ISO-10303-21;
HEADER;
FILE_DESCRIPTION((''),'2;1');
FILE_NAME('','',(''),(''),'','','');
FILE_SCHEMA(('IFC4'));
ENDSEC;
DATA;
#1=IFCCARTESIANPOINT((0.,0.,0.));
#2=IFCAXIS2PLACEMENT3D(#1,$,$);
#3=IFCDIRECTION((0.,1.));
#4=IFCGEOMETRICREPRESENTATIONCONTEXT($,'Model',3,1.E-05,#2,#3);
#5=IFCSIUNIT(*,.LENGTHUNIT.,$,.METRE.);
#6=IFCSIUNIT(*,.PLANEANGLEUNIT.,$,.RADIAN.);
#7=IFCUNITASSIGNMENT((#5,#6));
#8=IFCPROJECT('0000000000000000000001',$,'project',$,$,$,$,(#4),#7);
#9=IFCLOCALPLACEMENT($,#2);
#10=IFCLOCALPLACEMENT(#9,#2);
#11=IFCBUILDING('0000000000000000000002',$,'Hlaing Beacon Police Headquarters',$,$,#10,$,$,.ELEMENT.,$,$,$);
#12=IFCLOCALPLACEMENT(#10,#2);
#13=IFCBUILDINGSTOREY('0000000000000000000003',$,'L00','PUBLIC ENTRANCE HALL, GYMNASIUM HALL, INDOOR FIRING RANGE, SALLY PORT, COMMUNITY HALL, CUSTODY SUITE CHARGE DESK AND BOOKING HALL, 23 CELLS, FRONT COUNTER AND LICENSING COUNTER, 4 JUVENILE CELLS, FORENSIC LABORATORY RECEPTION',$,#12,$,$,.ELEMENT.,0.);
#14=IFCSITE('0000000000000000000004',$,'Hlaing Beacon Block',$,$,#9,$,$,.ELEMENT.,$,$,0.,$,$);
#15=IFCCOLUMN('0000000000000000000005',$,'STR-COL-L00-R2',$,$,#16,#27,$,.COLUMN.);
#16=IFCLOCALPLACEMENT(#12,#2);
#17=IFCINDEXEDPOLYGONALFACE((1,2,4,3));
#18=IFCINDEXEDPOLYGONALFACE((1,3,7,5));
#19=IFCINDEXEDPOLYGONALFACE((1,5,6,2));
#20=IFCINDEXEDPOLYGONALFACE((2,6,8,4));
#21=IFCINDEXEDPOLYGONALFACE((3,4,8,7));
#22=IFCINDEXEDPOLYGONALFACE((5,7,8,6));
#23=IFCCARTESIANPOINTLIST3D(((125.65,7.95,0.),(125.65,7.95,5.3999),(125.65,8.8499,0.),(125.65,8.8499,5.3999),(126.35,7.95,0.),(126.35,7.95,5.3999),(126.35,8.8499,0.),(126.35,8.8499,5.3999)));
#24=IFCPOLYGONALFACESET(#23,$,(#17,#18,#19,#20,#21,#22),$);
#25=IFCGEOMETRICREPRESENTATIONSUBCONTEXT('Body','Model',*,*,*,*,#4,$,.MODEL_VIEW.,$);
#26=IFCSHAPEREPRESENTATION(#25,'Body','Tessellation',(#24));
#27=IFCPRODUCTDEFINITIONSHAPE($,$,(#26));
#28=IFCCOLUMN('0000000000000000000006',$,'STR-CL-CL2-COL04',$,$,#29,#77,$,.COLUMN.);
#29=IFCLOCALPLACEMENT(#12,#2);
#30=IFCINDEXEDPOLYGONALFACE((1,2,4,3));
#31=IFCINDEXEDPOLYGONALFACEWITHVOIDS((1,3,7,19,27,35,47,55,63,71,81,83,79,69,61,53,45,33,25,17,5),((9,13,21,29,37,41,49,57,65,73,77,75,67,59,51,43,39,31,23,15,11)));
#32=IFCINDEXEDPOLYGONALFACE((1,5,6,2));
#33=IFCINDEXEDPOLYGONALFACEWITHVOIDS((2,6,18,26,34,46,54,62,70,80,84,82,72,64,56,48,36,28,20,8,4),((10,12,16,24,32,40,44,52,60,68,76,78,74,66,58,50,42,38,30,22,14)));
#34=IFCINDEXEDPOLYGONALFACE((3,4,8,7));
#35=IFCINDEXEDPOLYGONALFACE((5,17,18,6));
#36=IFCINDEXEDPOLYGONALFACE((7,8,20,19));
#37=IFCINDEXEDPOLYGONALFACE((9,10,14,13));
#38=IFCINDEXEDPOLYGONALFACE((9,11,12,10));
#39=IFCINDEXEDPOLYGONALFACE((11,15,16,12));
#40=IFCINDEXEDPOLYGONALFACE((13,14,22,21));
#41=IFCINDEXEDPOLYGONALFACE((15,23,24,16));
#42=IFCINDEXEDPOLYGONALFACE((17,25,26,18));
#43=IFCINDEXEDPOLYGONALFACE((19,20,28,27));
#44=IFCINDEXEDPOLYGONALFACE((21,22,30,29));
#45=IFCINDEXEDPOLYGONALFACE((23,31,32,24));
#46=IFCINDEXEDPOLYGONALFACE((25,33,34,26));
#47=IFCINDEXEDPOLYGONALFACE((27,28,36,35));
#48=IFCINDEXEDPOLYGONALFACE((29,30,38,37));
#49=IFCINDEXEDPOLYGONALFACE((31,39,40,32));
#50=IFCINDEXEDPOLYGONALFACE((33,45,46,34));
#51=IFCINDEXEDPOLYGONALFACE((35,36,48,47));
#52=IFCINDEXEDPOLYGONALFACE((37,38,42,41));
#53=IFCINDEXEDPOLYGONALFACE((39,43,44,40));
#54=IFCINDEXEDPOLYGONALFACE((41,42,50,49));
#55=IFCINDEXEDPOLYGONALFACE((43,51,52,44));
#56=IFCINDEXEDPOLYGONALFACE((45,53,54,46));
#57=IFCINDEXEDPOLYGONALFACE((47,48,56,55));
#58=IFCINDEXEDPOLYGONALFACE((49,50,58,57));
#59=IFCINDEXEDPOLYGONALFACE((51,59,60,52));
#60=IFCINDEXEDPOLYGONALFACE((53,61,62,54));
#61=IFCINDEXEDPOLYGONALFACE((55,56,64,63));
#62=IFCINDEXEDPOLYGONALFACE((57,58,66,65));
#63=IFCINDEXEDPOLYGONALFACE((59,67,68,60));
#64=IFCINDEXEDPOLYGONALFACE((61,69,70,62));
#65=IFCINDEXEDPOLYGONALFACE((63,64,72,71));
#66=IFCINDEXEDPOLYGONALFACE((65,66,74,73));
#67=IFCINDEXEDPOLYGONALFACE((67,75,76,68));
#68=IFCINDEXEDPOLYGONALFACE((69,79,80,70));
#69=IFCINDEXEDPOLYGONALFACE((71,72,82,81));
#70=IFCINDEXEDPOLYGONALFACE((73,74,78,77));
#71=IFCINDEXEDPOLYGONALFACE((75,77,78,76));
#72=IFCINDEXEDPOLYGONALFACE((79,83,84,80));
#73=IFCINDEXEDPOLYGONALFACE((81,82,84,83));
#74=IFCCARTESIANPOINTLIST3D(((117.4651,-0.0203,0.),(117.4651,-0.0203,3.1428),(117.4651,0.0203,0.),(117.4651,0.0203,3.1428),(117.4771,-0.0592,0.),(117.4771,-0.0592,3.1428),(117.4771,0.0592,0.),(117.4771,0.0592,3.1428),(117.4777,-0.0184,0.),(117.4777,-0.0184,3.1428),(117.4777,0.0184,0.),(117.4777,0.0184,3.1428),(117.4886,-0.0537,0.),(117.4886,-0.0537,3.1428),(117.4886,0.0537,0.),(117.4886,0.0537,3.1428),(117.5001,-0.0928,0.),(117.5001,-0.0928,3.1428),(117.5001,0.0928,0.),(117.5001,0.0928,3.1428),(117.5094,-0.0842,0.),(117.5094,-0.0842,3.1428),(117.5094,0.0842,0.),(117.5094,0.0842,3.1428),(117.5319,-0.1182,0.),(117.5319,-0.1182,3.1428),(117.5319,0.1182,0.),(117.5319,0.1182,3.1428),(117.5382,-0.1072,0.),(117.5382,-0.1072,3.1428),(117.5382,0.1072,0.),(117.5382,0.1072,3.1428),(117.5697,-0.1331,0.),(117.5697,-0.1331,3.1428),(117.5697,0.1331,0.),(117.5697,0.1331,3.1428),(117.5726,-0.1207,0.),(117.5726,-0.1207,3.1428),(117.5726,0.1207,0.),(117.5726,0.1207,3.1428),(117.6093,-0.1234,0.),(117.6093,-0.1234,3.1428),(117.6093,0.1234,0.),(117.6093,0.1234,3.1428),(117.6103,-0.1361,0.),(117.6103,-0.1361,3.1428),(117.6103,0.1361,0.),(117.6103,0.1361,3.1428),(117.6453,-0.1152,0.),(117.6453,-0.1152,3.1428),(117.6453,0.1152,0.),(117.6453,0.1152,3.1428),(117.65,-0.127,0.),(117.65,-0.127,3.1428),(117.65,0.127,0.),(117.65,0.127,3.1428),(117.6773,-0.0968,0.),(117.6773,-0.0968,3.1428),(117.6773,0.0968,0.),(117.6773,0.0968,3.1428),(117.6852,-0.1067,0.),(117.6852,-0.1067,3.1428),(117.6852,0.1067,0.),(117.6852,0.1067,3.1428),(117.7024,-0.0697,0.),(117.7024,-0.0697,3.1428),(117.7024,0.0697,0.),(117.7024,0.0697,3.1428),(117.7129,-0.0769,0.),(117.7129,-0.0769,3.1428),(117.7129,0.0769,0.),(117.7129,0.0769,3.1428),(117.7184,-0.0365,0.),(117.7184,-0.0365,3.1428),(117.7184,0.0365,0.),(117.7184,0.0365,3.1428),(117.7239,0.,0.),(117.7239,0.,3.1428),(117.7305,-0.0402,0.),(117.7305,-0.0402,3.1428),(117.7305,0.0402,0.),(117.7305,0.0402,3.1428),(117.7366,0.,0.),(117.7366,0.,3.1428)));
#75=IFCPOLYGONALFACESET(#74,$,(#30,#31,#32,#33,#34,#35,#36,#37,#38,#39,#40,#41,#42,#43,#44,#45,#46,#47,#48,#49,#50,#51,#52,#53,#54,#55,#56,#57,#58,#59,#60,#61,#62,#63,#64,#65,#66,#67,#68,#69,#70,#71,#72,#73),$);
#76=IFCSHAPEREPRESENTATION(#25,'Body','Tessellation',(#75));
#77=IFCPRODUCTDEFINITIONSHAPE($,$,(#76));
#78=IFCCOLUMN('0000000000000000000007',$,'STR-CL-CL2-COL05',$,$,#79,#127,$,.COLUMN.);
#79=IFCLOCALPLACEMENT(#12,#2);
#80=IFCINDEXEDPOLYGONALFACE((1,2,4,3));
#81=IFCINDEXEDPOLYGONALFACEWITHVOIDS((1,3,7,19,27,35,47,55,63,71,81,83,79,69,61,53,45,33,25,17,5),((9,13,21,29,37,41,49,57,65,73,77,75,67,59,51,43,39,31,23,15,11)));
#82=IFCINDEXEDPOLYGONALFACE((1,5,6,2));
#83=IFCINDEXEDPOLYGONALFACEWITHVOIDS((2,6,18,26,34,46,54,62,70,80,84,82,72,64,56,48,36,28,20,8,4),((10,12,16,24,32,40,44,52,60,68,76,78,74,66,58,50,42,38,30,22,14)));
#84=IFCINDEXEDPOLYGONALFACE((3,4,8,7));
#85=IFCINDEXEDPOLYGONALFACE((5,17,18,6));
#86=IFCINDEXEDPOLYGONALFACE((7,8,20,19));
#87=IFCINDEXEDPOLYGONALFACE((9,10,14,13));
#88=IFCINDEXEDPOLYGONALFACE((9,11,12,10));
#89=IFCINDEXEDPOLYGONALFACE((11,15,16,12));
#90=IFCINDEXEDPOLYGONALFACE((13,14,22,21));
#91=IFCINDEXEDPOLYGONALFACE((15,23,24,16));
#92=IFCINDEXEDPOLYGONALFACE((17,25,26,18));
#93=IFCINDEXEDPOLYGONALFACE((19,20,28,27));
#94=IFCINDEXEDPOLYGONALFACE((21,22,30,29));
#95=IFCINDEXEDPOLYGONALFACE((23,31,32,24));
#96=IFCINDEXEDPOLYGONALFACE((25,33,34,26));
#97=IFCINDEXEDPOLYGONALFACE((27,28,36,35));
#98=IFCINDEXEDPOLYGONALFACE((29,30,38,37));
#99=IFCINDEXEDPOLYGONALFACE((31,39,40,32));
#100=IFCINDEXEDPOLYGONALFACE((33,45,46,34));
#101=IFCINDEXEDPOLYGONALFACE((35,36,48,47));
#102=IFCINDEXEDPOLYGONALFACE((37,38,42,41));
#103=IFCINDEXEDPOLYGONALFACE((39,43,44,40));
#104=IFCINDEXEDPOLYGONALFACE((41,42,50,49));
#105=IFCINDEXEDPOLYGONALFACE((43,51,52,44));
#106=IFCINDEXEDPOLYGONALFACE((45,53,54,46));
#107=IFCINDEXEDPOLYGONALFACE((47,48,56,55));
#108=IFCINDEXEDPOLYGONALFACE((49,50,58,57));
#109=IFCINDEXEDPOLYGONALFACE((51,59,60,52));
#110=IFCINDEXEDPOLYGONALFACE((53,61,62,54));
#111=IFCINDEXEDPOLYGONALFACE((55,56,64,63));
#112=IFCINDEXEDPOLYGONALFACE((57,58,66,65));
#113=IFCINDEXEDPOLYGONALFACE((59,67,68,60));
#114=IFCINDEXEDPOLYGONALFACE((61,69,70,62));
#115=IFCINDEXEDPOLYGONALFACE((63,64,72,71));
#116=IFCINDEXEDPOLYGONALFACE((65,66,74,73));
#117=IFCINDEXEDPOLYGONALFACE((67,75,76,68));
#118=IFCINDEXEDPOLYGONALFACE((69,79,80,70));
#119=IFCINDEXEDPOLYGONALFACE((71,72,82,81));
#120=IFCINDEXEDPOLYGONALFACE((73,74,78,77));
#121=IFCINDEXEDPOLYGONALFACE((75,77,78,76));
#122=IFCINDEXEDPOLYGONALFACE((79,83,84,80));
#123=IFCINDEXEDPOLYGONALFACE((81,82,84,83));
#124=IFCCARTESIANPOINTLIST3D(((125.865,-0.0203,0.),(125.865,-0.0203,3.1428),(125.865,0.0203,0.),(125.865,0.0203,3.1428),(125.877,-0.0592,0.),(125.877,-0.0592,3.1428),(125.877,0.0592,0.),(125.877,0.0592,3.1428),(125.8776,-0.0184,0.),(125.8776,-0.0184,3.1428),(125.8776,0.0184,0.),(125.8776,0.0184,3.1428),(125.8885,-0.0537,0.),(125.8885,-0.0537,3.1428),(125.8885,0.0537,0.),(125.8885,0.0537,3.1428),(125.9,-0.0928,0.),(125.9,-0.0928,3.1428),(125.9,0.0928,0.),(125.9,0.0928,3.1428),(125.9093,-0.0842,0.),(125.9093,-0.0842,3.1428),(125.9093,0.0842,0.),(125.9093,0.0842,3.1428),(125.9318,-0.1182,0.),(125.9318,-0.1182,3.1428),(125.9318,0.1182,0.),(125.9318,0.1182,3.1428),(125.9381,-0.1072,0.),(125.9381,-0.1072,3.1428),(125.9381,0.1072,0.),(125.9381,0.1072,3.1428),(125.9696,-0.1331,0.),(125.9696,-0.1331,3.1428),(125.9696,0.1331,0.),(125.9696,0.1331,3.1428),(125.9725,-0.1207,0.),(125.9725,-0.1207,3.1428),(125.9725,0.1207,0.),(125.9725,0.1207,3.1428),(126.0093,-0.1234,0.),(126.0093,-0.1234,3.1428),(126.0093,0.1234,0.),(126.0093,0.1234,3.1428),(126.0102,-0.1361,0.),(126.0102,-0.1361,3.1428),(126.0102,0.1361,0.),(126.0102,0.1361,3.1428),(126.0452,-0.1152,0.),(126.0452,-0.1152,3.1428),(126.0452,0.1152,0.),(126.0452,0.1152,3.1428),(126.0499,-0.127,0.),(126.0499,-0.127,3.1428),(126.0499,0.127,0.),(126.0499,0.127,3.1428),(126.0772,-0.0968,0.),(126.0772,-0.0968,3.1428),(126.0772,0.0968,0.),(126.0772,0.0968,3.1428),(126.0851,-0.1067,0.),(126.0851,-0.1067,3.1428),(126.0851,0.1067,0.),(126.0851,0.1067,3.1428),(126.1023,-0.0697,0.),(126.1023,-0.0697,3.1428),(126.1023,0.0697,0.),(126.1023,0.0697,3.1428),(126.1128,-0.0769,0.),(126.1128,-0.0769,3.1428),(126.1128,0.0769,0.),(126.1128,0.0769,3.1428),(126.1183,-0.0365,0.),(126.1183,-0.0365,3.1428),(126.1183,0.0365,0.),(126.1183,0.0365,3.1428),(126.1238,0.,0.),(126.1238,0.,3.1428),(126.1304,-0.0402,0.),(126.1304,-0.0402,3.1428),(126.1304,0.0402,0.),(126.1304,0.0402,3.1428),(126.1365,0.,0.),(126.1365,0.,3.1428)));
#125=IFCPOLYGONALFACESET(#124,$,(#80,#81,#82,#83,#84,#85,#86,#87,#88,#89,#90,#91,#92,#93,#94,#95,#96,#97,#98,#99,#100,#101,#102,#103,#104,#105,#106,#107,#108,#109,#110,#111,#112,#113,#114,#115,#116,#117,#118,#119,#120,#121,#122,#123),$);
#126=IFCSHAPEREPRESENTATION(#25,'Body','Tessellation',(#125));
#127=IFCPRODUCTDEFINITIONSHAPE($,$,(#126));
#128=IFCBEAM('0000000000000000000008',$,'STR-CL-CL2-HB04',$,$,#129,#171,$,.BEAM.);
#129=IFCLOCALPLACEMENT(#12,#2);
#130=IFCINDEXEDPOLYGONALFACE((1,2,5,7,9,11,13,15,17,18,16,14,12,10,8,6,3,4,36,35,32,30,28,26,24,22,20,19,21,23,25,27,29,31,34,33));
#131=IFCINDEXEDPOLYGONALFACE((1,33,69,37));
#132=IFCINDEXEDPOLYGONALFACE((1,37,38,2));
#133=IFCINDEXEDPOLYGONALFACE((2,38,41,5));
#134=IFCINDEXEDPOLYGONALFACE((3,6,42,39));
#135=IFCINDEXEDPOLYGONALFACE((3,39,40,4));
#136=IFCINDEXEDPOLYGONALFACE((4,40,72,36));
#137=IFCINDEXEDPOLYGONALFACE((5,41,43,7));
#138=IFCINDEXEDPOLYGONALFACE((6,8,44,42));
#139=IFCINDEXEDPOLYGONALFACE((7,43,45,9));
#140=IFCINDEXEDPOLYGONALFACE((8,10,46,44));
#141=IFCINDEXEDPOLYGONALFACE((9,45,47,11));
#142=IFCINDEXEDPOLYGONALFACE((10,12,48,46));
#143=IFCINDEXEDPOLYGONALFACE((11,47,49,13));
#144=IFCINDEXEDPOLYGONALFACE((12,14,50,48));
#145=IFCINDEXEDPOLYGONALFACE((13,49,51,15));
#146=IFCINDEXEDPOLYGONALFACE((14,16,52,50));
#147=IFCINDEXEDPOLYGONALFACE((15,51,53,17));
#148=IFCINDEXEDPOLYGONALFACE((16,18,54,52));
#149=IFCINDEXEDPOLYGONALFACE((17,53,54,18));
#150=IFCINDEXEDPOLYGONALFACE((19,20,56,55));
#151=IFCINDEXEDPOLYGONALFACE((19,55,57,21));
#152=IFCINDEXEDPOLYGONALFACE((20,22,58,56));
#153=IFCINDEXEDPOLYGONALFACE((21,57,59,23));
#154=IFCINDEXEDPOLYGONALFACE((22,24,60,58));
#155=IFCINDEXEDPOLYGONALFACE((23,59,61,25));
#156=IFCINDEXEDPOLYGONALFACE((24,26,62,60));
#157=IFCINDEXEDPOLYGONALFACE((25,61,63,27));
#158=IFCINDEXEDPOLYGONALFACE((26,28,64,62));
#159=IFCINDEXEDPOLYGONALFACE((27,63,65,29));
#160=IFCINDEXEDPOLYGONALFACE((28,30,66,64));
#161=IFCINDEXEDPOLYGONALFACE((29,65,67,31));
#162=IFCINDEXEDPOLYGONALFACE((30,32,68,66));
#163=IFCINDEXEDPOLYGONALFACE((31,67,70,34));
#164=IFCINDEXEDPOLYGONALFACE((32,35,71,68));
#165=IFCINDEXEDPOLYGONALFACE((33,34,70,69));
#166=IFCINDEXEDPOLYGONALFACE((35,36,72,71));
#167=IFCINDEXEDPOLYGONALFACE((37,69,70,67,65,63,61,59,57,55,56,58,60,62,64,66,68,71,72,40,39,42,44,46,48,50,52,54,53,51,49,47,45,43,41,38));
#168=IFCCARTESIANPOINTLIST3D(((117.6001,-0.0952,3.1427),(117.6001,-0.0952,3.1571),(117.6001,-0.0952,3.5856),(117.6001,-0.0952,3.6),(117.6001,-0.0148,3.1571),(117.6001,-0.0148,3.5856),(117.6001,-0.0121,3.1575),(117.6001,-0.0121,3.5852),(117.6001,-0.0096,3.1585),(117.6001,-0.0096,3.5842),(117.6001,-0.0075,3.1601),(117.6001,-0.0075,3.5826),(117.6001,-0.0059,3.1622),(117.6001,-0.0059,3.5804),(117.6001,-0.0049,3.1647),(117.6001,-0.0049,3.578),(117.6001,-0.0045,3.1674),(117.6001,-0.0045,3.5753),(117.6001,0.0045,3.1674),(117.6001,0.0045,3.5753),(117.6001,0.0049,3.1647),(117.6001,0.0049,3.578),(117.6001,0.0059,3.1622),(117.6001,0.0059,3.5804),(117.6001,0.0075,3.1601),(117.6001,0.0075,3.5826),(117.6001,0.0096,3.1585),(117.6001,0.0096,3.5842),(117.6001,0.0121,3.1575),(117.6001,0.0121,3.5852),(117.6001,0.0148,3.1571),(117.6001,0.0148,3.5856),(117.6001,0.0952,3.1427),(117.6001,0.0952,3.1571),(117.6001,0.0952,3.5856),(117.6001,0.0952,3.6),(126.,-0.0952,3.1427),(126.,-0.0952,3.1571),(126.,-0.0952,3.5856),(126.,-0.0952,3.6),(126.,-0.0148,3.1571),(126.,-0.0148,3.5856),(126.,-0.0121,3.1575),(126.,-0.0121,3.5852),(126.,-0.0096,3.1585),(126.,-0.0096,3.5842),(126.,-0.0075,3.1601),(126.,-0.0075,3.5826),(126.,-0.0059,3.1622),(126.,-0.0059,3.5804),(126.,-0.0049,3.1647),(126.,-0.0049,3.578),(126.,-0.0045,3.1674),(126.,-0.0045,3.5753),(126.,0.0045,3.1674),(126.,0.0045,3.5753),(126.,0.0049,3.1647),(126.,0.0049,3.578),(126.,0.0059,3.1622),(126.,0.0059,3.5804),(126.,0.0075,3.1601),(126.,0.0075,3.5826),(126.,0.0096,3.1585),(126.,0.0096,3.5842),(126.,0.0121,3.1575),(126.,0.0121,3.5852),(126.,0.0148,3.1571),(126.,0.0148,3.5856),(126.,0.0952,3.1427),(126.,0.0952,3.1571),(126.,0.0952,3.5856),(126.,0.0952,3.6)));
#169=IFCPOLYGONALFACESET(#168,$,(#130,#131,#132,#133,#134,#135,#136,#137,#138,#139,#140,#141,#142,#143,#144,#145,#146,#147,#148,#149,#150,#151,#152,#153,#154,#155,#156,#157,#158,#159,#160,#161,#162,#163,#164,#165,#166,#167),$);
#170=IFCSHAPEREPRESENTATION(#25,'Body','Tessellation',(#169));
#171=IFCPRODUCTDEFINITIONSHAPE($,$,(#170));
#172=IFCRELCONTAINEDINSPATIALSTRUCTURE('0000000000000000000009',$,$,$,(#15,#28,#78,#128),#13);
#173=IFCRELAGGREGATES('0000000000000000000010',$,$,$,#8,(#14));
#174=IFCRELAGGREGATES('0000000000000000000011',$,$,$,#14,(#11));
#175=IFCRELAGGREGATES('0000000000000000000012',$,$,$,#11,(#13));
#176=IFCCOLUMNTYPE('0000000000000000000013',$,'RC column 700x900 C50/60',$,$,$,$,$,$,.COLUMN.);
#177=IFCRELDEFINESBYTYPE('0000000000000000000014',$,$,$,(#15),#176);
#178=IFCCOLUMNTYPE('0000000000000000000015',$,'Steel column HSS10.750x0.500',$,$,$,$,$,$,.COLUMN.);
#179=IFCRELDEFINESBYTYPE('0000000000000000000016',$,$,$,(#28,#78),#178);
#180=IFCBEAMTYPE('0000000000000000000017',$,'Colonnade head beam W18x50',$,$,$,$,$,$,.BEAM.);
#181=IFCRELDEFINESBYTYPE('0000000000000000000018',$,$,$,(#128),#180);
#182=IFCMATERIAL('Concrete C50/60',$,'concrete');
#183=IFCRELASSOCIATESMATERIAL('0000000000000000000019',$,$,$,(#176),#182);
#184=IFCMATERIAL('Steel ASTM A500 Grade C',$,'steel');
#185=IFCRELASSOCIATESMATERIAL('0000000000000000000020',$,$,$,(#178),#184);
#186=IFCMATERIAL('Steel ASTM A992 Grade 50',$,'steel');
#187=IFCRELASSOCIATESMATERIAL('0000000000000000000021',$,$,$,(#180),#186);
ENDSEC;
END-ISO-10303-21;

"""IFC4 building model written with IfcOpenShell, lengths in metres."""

from ifc_helpers import new_model, si_unit, direction, frame, origin, origin_2d, place, context, subcontext, project, spatial, rectangle, hollow_circle, i_section, extrude, material, material_profile, profile_set, type_object, element, save


model = new_model("IFC4")

# Units and contexts
model_context = context("Model", 3, precision=1e-05, world=origin(), true_north=direction((0.0, 1.0)))
body_context = subcontext(model_context, "Body", "Model", "MODEL_VIEW")
ifc_project = project(units=[si_unit("LENGTHUNIT", "METRE"), si_unit("PLANEANGLEUNIT", "RADIAN")], contexts=[model_context])

# Site, building, storey
site_placement = place(None, origin())
site = spatial("IfcSite", under=ifc_project, at=site_placement, Name="Hlaing Beacon Block", CompositionType="ELEMENT", RefElevation=0.0)
building_placement = place(site_placement, origin())
building = spatial("IfcBuilding", under=site, at=building_placement, Name="Hlaing Beacon Police Headquarters", CompositionType="ELEMENT")
storey_placement = place(building_placement, origin())
storey = spatial("IfcBuildingStorey", under=building, at=storey_placement, Name="L00", Description="PUBLIC ENTRANCE HALL, GYMNASIUM HALL, INDOOR FIRING RANGE, SALLY PORT, COMMUNITY HALL, CUSTODY SUITE CHARGE DESK AND BOOKING HALL, 23 CELLS, FRONT COUNTER AND LICENSING COUNTER, 4 JUVENILE CELLS, FORENSIC LABORATORY RECEPTION", CompositionType="ELEMENT", Elevation=0.0)

# Columns
ifc_material_1 = material(Name="Concrete C50/60", Category="concrete")
ifc_material_profile_1 = material_profile(ifc_material_1, rectangle(XDim=0.7, YDim=0.8999, at=origin_2d()), Name="700x900")
ifc_profile_set_1 = profile_set([ifc_material_profile_1], Name="Concrete C50/60")
column_type_1 = type_object("IfcColumnType", Name="RC column 700x900 C50/60", PredefinedType="COLUMN", material=ifc_profile_set_1)
column_placement = place(storey_placement, frame((126.0, 8.3999, 0.0), z_axis=(0.0, 0.0, 1.0), x_axis=(1.0, 0.0, 0.0)))
element("IfcColumn", 1, at=column_placement, inside=storey, type_object=column_type_1, Name="STR-COL-L00-R2", PredefinedType="COLUMN", context=body_context, shape_type="SweptSolid", body=[
    extrude(rectangle(XDim=0.7, YDim=0.8999, at=origin_2d()), origin(), (0.0, 0.0, 1.0), 5.3999),
])
ifc_material_2 = material(Name="Steel ASTM A500 Grade C", Category="steel")
ifc_material_profile_2 = material_profile(ifc_material_2, hollow_circle(Radius=0.1365, WallThickness=0.0127, at=origin_2d()), Name="HSS10.750x0.500")
ifc_profile_set_2 = profile_set([ifc_material_profile_2], Name="Steel ASTM A500 Grade C")
column_type_2 = type_object("IfcColumnType", Name="Steel column HSS10.750x0.500", PredefinedType="COLUMN", material=ifc_profile_set_2)
for number, where, z_axis, x_axis, name in (
    (2, (117.6001, 0.0, 0.0), (0.0, 0.0, 1.0), (1.0, 0.0, 0.0), "STR-CL-CL2-COL04"),
    (3, (126.0, 0.0, 0.0), (0.0, 0.0, 1.0), (1.0, 0.0, 0.0), "STR-CL-CL2-COL05"),
):
    element("IfcColumn", number, at=place(storey_placement, frame(where, z_axis=z_axis, x_axis=x_axis)), inside=storey, type_object=column_type_2, Name=name, PredefinedType="COLUMN", context=body_context, shape_type="SweptSolid", body=[
        extrude(hollow_circle(Radius=0.1365, WallThickness=0.0127, at=origin_2d()), origin(), (0.0, 0.0, 1.0), 3.1428),
    ])

# Beam
ifc_material_3 = material(Name="Steel ASTM A992 Grade 50", Category="steel")
ifc_material_profile_3 = material_profile(ifc_material_3, i_section(OverallWidth=0.1904, OverallDepth=0.4573, WebThickness=0.009, FlangeThickness=0.0144, FilletRadius=0.0103, at=origin_2d()), Name="W18x50")
ifc_profile_set_3 = profile_set([ifc_material_profile_3], Name="Steel ASTM A992 Grade 50")
beam_type_1 = type_object("IfcBeamType", Name="Colonnade head beam W18x50", PredefinedType="BEAM", material=ifc_profile_set_3)
for number, where, z_axis, x_axis, name in (
    (4, (117.6001, 0.0, 3.3713), (1.0, 0.0, 0.0), (0.0, 1.0, 0.0), "STR-CL-CL2-HB04"),
):
    element("IfcBeam", number, at=place(storey_placement, frame(where, z_axis=z_axis, x_axis=x_axis)), inside=storey, type_object=beam_type_1, Name=name, PredefinedType="BEAM", context=body_context, shape_type="SweptSolid", body=[
        extrude(i_section(OverallWidth=0.1904, OverallDepth=0.4573, WebThickness=0.009, FlangeThickness=0.0144, FilletRadius=0.0103, at=origin_2d()), origin(), (0.0, 0.0, 1.0), 8.3999),
    ])

save(model, "model.ifc")
